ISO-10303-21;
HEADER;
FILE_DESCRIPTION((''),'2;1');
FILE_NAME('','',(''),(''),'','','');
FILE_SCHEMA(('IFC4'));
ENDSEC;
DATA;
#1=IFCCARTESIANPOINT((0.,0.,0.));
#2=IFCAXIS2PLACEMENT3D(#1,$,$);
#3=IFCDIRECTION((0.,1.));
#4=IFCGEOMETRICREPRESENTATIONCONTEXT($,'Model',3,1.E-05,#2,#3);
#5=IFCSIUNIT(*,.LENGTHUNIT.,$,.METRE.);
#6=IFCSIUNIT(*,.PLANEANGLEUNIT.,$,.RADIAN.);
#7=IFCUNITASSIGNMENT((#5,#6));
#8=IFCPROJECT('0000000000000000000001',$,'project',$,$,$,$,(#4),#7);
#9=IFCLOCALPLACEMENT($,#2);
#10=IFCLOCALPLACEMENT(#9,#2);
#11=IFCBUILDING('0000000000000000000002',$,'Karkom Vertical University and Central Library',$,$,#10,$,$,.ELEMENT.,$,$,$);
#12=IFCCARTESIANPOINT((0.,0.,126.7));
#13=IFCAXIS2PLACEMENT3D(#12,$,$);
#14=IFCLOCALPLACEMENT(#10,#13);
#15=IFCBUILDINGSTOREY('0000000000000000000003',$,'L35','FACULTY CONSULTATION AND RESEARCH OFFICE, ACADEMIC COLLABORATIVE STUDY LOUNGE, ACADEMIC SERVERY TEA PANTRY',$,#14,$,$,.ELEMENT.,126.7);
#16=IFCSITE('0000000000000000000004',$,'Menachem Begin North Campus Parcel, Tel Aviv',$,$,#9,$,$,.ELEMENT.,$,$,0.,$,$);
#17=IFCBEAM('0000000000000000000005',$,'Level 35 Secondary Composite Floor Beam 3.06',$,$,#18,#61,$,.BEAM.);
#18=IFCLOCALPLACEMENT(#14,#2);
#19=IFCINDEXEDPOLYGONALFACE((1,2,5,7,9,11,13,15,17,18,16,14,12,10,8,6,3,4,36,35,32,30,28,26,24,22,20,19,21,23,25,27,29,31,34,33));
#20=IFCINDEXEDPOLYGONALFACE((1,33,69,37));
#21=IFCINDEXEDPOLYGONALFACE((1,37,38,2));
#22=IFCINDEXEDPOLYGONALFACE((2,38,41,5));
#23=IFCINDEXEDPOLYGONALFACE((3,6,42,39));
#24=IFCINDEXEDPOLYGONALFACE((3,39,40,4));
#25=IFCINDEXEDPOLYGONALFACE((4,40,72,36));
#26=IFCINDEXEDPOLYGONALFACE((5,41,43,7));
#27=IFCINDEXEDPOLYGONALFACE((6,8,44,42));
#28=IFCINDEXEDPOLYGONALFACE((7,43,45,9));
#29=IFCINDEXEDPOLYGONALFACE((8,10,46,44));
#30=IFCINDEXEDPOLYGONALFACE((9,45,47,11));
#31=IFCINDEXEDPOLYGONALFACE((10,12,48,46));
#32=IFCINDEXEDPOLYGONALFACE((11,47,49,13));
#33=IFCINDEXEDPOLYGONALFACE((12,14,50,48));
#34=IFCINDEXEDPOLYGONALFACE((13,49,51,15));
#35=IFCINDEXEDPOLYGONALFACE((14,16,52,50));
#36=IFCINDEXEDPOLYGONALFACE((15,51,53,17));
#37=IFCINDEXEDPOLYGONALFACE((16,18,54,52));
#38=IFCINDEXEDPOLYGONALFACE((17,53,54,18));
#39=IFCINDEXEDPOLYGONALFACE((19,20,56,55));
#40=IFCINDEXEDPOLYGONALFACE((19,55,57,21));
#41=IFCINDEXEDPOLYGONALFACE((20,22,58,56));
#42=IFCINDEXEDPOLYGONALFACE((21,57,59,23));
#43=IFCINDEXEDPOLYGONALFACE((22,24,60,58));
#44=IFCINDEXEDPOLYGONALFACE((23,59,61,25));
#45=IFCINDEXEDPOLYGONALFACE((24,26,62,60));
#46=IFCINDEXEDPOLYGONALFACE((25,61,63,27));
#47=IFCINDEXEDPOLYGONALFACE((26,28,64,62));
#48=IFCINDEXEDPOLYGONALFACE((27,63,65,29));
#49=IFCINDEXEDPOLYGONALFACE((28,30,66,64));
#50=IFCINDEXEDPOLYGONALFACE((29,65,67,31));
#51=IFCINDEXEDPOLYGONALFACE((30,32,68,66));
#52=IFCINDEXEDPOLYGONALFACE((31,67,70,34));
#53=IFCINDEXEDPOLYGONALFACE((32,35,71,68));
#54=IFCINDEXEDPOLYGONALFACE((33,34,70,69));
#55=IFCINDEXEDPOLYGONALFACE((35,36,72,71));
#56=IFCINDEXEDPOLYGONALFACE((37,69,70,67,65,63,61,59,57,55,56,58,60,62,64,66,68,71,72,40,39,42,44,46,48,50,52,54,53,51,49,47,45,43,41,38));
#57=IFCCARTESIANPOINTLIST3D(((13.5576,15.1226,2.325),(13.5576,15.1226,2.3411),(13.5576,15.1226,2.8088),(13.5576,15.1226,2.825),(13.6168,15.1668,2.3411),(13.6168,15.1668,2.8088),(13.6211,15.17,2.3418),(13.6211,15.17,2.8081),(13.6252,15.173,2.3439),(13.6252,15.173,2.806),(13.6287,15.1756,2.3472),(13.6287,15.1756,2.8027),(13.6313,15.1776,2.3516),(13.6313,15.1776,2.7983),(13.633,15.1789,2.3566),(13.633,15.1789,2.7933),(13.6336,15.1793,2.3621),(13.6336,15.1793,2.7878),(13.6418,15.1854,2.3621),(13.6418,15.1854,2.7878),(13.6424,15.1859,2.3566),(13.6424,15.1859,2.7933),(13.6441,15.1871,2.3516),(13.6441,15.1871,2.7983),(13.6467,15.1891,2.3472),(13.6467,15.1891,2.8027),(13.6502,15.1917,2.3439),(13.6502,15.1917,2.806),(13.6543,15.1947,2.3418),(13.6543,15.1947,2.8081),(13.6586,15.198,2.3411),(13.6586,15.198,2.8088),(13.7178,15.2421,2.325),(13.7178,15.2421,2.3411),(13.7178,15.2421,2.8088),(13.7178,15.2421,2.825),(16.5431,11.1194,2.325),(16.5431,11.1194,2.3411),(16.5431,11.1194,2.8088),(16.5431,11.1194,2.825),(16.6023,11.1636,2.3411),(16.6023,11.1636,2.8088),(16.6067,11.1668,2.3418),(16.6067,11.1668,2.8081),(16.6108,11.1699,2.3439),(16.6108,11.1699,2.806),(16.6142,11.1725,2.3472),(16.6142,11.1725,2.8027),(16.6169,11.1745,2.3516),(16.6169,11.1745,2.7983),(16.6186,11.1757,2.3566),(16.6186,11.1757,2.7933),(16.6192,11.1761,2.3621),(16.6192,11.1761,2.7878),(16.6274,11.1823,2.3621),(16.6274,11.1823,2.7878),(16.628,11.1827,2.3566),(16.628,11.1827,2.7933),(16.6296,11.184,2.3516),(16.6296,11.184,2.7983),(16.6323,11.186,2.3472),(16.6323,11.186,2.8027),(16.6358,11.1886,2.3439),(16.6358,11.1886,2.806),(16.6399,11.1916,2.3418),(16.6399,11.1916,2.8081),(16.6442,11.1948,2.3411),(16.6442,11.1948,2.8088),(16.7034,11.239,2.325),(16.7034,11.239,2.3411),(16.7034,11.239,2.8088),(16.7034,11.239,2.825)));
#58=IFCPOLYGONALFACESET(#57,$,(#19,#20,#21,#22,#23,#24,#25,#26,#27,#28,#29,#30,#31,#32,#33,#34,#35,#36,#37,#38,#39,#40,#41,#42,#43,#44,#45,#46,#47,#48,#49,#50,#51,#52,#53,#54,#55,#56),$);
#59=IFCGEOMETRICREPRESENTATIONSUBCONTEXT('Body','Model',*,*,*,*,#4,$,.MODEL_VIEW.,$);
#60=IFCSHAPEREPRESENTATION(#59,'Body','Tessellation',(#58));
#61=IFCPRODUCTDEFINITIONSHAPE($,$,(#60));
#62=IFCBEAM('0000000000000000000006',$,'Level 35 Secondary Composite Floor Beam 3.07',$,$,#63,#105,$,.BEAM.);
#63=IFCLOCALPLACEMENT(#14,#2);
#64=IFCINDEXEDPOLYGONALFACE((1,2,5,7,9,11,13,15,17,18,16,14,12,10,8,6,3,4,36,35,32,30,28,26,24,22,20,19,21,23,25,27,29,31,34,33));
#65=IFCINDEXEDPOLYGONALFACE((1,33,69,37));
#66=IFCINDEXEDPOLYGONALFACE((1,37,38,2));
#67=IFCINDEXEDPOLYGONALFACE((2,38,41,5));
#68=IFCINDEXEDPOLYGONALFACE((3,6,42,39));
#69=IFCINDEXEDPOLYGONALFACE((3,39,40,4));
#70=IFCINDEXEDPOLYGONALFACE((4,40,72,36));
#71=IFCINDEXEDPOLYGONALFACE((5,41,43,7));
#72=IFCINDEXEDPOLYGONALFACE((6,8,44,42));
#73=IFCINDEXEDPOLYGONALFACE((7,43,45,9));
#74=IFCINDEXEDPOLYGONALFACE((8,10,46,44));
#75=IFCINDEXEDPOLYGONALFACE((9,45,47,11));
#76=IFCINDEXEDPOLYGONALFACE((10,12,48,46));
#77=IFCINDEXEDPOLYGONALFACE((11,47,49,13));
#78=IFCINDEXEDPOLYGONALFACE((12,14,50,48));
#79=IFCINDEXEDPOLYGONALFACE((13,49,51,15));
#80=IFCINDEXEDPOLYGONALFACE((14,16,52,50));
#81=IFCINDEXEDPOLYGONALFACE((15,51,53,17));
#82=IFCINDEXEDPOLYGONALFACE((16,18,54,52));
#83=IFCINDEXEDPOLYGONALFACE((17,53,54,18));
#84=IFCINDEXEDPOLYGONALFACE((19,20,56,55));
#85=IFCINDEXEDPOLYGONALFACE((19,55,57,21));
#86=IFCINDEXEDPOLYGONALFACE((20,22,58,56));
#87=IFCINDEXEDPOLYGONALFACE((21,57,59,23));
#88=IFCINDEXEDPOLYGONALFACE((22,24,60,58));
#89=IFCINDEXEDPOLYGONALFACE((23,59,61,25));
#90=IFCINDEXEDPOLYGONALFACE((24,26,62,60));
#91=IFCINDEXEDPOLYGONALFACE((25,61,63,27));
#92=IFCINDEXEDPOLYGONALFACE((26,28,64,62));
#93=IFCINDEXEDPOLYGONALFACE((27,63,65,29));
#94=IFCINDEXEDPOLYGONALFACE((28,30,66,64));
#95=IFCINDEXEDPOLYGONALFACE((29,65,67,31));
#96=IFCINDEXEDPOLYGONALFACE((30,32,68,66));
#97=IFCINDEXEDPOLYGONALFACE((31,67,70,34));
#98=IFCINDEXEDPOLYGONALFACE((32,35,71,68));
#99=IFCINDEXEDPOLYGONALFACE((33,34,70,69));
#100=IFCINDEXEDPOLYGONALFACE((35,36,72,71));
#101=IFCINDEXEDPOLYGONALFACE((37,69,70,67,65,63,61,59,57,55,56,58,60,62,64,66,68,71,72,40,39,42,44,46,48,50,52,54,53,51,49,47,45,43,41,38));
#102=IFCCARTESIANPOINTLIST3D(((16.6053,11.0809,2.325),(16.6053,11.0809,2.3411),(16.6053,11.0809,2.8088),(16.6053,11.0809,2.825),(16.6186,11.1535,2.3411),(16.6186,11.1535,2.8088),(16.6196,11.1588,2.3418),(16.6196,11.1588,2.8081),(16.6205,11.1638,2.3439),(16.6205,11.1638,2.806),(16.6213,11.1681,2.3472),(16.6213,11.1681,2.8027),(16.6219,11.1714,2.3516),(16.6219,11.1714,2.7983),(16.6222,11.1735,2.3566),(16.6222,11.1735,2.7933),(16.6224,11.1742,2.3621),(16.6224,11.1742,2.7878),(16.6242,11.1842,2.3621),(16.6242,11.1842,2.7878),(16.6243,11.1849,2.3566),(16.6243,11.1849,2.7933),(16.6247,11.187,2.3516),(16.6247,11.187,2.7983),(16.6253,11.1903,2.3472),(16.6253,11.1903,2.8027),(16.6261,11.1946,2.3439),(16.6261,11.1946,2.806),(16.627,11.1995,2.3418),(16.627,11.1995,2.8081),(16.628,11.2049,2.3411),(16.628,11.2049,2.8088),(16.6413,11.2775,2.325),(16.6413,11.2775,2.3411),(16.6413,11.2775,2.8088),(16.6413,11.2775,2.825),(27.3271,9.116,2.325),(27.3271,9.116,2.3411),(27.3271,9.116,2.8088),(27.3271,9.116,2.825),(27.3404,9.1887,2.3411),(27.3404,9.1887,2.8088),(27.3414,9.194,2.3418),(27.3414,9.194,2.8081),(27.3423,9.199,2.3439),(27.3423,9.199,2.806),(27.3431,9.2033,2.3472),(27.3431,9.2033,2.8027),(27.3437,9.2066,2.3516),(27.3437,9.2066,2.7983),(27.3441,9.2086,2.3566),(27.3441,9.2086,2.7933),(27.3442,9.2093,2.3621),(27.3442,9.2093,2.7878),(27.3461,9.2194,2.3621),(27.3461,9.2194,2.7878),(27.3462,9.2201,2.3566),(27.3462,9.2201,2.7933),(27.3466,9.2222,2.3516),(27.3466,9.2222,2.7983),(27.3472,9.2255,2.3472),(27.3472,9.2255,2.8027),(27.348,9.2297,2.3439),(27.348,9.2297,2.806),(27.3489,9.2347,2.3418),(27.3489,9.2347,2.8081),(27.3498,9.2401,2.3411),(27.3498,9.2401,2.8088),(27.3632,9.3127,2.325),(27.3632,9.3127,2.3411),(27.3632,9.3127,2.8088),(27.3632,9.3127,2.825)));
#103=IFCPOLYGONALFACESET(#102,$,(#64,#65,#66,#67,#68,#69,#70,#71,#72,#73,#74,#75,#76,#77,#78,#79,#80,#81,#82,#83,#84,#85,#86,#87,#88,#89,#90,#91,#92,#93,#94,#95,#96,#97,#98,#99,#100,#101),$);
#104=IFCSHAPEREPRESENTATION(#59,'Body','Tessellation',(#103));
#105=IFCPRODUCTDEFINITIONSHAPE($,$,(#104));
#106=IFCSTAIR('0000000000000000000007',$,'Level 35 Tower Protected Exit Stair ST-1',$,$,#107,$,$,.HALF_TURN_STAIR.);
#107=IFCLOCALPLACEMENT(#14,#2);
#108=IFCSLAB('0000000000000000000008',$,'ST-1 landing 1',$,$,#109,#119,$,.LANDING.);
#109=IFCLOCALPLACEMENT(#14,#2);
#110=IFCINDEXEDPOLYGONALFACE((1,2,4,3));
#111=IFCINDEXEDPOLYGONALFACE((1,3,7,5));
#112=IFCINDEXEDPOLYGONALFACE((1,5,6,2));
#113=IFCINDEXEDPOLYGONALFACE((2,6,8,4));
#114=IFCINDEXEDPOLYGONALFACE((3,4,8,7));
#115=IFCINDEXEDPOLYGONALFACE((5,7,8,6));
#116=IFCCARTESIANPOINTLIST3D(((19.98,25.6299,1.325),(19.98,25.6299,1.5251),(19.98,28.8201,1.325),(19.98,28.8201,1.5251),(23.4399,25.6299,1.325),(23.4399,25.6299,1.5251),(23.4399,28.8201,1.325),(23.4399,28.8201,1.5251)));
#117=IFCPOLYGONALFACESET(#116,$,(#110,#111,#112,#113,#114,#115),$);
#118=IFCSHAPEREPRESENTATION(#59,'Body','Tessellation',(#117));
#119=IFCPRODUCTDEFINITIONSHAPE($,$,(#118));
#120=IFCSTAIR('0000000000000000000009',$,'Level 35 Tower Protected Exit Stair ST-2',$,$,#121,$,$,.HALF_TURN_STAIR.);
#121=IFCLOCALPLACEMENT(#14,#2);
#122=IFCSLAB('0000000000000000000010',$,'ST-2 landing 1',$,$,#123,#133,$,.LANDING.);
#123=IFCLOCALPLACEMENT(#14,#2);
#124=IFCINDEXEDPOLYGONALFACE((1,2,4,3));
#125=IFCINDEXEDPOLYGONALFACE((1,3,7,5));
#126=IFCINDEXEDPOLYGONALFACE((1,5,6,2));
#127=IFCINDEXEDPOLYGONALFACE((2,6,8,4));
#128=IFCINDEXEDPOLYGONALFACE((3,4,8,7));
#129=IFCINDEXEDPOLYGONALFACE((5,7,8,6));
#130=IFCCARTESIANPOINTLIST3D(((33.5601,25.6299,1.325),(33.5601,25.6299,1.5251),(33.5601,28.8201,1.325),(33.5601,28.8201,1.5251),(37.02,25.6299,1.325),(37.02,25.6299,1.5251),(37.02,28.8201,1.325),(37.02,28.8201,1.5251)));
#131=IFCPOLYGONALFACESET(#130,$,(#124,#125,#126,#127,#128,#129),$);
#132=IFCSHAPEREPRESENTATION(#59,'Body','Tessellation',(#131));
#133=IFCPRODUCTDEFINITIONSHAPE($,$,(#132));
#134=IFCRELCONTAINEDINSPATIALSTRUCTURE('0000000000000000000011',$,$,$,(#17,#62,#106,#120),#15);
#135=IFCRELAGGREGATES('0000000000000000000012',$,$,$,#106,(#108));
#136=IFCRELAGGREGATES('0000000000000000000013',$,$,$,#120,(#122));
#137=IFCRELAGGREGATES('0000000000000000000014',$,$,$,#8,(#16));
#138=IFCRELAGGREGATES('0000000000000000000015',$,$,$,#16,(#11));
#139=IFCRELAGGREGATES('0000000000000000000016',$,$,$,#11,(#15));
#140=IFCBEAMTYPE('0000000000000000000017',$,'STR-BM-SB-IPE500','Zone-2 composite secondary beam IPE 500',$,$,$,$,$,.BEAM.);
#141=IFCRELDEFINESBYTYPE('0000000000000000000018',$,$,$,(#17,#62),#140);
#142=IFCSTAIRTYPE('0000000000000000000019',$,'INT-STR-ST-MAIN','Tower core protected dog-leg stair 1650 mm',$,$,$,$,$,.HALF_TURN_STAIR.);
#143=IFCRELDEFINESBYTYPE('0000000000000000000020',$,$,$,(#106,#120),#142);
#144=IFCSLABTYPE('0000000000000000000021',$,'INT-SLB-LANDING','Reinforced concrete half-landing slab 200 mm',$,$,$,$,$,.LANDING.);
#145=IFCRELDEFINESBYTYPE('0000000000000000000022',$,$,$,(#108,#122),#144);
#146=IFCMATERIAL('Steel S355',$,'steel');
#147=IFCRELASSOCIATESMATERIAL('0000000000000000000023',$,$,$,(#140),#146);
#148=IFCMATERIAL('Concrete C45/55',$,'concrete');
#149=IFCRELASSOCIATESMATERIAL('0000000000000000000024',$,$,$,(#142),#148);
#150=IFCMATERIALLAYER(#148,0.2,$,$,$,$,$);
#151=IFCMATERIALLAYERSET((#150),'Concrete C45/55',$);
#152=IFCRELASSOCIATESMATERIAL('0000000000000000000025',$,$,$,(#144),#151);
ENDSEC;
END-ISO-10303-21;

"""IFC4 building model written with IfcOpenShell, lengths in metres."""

from ifc_helpers import new_model, si_unit, direction, frame, origin, origin_with_axes, origin_2d, place, context, subcontext, project, spatial, polyline, i_section, outline, extrude, source, transform, mapped, material, layer, layer_set, material_profile, profile_set, type_object, element, aggregate, save


model = new_model("IFC4")

# Units and contexts
model_context = context("Model", 3, precision=1e-05, world=origin(), true_north=direction((0.0, 1.0)))
body_context = subcontext(model_context, "Body", "Model", "MODEL_VIEW")
ifc_project = project(units=[si_unit("LENGTHUNIT", "METRE"), si_unit("PLANEANGLEUNIT", "RADIAN")], contexts=[model_context])

# Site, building, storey
site_placement = place(None, origin())
site = spatial("IfcSite", under=ifc_project, at=site_placement, Name="Menachem Begin North Campus Parcel, Tel Aviv", CompositionType="ELEMENT", RefElevation=0.0)
building_placement = place(site_placement, origin())
building = spatial("IfcBuilding", under=site, at=building_placement, Name="Karkom Vertical University and Central Library", CompositionType="ELEMENT")
storey_placement = place(building_placement, frame((0.0, 0.0, 126.7)))
storey = spatial("IfcBuildingStorey", under=building, at=storey_placement, Name="L35", Description="FACULTY CONSULTATION AND RESEARCH OFFICE, ACADEMIC COLLABORATIVE STUDY LOUNGE, ACADEMIC SERVERY TEA PANTRY", CompositionType="ELEMENT", Elevation=126.7)

# Beams
ifc_material_1 = material(Name="Steel S355", Category="steel")
ifc_material_profile_1 = material_profile(ifc_material_1, i_section(OverallWidth=0.2, OverallDepth=0.5, WebThickness=0.0103, FlangeThickness=0.0161, FilletRadius=0.021, at=origin_2d()), Name="IPE 500")
ifc_profile_set_1 = profile_set([ifc_material_profile_1], Name="Steel S355")
beam_type_1 = type_object("IfcBeamType", Name="STR-BM-SB-IPE500", Description="Zone-2 composite secondary beam IPE 500", PredefinedType="BEAM", material=ifc_profile_set_1)
shared_shape_1 = source(origin_with_axes(), body_context, "Body", "SweptSolid", [
    extrude(i_section(OverallWidth=0.2, OverallDepth=0.5, WebThickness=0.0103, FlangeThickness=0.0161, FilletRadius=0.021, at=origin_2d()), origin(), (0.0, 0.0, 1.0), 4.9939),
])
beam_1_placement = place(storey_placement, frame((13.6377, 15.1824, 2.575), z_axis=(0.597847, -0.80161, 0.0), x_axis=(0.80161, 0.597847, 0.0)))
element("IfcBeam", 1, at=beam_1_placement, inside=storey, type_object=beam_type_1, Name="Level 35 Secondary Composite Floor Beam 3.06", PredefinedType="BEAM", context=body_context, shape_type="MappedRepresentation", body=[
    mapped(shared_shape_1, transform((0.0, 0.0, 0.0), scale=1.0)),
])
shared_shape_2 = source(origin_with_axes(), body_context, "Body", "SweptSolid", [
    extrude(i_section(OverallWidth=0.2, OverallDepth=0.5, WebThickness=0.0103, FlangeThickness=0.0161, FilletRadius=0.021, at=origin_2d()), origin(), (0.0, 0.0, 1.0), 10.9004),
])
beam_2_placement = place(storey_placement, frame((16.6233, 11.1792, 2.575), z_axis=(0.98362, -0.180253, 0.0), x_axis=(0.180253, 0.98362, 0.0)))
element("IfcBeam", 2, at=beam_2_placement, inside=storey, type_object=beam_type_1, Name="Level 35 Secondary Composite Floor Beam 3.07", PredefinedType="BEAM", context=body_context, shape_type="MappedRepresentation", body=[
    mapped(shared_shape_2, transform((0.0, 0.0, 0.0), scale=1.0)),
])

# Stairs, slabs
ifc_material_2 = material(Name="Concrete C45/55", Category="concrete")
stair_type = type_object("IfcStairType", Name="INT-STR-ST-MAIN", Description="Tower core protected dog-leg stair 1650 mm", PredefinedType="HALF_TURN_STAIR", material=ifc_material_2)
stair_1_placement = place(storey_placement, origin())
stair_1 = element("IfcStair", 3, at=stair_1_placement, inside=storey, type_object=stair_type, Name="Level 35 Tower Protected Exit Stair ST-1", PredefinedType="HALF_TURN_STAIR")
ifc_layer_1 = layer(ifc_material_2, 0.2)
ifc_layer_set_1 = layer_set([ifc_layer_1], Name="Concrete C45/55")
slab_type_1 = type_object("IfcSlabType", Name="INT-SLB-LANDING", Description="Reinforced concrete half-landing slab 200 mm", PredefinedType="LANDING", material=ifc_layer_set_1)
slab_1_placement = place(storey_placement, frame((0.0, 0.0, 1.325)))
slab_1 = element("IfcSlab", 4, at=slab_1_placement, type_object=slab_type_1, Name="ST-1 landing 1", PredefinedType="LANDING", context=body_context, shape_type="SweptSolid", body=[
    extrude(outline(polyline([(23.4399, 25.6299), (23.4399, 28.8201), (19.98, 28.8201), (19.98, 25.6299), (23.4399, 25.6299)])), origin(), (0.0, 0.0, 1.0), 0.2002),
])
aggregate(stair_1, [slab_1])
stair_2_placement = place(storey_placement, origin())
stair_2 = element("IfcStair", 5, at=stair_2_placement, inside=storey, type_object=stair_type, Name="Level 35 Tower Protected Exit Stair ST-2", PredefinedType="HALF_TURN_STAIR")
slab_2_placement = place(storey_placement, frame((0.0, 0.0, 1.325)))
slab_2 = element("IfcSlab", 6, at=slab_2_placement, type_object=slab_type_1, Name="ST-2 landing 1", PredefinedType="LANDING", context=body_context, shape_type="SweptSolid", body=[
    extrude(outline(polyline([(37.02, 25.6299), (37.02, 28.8201), (33.5601, 28.8201), (33.5601, 25.6299), (37.02, 25.6299)])), origin(), (0.0, 0.0, 1.0), 0.2002),
])
aggregate(stair_2, [slab_2])

save(model, "model.ifc")
